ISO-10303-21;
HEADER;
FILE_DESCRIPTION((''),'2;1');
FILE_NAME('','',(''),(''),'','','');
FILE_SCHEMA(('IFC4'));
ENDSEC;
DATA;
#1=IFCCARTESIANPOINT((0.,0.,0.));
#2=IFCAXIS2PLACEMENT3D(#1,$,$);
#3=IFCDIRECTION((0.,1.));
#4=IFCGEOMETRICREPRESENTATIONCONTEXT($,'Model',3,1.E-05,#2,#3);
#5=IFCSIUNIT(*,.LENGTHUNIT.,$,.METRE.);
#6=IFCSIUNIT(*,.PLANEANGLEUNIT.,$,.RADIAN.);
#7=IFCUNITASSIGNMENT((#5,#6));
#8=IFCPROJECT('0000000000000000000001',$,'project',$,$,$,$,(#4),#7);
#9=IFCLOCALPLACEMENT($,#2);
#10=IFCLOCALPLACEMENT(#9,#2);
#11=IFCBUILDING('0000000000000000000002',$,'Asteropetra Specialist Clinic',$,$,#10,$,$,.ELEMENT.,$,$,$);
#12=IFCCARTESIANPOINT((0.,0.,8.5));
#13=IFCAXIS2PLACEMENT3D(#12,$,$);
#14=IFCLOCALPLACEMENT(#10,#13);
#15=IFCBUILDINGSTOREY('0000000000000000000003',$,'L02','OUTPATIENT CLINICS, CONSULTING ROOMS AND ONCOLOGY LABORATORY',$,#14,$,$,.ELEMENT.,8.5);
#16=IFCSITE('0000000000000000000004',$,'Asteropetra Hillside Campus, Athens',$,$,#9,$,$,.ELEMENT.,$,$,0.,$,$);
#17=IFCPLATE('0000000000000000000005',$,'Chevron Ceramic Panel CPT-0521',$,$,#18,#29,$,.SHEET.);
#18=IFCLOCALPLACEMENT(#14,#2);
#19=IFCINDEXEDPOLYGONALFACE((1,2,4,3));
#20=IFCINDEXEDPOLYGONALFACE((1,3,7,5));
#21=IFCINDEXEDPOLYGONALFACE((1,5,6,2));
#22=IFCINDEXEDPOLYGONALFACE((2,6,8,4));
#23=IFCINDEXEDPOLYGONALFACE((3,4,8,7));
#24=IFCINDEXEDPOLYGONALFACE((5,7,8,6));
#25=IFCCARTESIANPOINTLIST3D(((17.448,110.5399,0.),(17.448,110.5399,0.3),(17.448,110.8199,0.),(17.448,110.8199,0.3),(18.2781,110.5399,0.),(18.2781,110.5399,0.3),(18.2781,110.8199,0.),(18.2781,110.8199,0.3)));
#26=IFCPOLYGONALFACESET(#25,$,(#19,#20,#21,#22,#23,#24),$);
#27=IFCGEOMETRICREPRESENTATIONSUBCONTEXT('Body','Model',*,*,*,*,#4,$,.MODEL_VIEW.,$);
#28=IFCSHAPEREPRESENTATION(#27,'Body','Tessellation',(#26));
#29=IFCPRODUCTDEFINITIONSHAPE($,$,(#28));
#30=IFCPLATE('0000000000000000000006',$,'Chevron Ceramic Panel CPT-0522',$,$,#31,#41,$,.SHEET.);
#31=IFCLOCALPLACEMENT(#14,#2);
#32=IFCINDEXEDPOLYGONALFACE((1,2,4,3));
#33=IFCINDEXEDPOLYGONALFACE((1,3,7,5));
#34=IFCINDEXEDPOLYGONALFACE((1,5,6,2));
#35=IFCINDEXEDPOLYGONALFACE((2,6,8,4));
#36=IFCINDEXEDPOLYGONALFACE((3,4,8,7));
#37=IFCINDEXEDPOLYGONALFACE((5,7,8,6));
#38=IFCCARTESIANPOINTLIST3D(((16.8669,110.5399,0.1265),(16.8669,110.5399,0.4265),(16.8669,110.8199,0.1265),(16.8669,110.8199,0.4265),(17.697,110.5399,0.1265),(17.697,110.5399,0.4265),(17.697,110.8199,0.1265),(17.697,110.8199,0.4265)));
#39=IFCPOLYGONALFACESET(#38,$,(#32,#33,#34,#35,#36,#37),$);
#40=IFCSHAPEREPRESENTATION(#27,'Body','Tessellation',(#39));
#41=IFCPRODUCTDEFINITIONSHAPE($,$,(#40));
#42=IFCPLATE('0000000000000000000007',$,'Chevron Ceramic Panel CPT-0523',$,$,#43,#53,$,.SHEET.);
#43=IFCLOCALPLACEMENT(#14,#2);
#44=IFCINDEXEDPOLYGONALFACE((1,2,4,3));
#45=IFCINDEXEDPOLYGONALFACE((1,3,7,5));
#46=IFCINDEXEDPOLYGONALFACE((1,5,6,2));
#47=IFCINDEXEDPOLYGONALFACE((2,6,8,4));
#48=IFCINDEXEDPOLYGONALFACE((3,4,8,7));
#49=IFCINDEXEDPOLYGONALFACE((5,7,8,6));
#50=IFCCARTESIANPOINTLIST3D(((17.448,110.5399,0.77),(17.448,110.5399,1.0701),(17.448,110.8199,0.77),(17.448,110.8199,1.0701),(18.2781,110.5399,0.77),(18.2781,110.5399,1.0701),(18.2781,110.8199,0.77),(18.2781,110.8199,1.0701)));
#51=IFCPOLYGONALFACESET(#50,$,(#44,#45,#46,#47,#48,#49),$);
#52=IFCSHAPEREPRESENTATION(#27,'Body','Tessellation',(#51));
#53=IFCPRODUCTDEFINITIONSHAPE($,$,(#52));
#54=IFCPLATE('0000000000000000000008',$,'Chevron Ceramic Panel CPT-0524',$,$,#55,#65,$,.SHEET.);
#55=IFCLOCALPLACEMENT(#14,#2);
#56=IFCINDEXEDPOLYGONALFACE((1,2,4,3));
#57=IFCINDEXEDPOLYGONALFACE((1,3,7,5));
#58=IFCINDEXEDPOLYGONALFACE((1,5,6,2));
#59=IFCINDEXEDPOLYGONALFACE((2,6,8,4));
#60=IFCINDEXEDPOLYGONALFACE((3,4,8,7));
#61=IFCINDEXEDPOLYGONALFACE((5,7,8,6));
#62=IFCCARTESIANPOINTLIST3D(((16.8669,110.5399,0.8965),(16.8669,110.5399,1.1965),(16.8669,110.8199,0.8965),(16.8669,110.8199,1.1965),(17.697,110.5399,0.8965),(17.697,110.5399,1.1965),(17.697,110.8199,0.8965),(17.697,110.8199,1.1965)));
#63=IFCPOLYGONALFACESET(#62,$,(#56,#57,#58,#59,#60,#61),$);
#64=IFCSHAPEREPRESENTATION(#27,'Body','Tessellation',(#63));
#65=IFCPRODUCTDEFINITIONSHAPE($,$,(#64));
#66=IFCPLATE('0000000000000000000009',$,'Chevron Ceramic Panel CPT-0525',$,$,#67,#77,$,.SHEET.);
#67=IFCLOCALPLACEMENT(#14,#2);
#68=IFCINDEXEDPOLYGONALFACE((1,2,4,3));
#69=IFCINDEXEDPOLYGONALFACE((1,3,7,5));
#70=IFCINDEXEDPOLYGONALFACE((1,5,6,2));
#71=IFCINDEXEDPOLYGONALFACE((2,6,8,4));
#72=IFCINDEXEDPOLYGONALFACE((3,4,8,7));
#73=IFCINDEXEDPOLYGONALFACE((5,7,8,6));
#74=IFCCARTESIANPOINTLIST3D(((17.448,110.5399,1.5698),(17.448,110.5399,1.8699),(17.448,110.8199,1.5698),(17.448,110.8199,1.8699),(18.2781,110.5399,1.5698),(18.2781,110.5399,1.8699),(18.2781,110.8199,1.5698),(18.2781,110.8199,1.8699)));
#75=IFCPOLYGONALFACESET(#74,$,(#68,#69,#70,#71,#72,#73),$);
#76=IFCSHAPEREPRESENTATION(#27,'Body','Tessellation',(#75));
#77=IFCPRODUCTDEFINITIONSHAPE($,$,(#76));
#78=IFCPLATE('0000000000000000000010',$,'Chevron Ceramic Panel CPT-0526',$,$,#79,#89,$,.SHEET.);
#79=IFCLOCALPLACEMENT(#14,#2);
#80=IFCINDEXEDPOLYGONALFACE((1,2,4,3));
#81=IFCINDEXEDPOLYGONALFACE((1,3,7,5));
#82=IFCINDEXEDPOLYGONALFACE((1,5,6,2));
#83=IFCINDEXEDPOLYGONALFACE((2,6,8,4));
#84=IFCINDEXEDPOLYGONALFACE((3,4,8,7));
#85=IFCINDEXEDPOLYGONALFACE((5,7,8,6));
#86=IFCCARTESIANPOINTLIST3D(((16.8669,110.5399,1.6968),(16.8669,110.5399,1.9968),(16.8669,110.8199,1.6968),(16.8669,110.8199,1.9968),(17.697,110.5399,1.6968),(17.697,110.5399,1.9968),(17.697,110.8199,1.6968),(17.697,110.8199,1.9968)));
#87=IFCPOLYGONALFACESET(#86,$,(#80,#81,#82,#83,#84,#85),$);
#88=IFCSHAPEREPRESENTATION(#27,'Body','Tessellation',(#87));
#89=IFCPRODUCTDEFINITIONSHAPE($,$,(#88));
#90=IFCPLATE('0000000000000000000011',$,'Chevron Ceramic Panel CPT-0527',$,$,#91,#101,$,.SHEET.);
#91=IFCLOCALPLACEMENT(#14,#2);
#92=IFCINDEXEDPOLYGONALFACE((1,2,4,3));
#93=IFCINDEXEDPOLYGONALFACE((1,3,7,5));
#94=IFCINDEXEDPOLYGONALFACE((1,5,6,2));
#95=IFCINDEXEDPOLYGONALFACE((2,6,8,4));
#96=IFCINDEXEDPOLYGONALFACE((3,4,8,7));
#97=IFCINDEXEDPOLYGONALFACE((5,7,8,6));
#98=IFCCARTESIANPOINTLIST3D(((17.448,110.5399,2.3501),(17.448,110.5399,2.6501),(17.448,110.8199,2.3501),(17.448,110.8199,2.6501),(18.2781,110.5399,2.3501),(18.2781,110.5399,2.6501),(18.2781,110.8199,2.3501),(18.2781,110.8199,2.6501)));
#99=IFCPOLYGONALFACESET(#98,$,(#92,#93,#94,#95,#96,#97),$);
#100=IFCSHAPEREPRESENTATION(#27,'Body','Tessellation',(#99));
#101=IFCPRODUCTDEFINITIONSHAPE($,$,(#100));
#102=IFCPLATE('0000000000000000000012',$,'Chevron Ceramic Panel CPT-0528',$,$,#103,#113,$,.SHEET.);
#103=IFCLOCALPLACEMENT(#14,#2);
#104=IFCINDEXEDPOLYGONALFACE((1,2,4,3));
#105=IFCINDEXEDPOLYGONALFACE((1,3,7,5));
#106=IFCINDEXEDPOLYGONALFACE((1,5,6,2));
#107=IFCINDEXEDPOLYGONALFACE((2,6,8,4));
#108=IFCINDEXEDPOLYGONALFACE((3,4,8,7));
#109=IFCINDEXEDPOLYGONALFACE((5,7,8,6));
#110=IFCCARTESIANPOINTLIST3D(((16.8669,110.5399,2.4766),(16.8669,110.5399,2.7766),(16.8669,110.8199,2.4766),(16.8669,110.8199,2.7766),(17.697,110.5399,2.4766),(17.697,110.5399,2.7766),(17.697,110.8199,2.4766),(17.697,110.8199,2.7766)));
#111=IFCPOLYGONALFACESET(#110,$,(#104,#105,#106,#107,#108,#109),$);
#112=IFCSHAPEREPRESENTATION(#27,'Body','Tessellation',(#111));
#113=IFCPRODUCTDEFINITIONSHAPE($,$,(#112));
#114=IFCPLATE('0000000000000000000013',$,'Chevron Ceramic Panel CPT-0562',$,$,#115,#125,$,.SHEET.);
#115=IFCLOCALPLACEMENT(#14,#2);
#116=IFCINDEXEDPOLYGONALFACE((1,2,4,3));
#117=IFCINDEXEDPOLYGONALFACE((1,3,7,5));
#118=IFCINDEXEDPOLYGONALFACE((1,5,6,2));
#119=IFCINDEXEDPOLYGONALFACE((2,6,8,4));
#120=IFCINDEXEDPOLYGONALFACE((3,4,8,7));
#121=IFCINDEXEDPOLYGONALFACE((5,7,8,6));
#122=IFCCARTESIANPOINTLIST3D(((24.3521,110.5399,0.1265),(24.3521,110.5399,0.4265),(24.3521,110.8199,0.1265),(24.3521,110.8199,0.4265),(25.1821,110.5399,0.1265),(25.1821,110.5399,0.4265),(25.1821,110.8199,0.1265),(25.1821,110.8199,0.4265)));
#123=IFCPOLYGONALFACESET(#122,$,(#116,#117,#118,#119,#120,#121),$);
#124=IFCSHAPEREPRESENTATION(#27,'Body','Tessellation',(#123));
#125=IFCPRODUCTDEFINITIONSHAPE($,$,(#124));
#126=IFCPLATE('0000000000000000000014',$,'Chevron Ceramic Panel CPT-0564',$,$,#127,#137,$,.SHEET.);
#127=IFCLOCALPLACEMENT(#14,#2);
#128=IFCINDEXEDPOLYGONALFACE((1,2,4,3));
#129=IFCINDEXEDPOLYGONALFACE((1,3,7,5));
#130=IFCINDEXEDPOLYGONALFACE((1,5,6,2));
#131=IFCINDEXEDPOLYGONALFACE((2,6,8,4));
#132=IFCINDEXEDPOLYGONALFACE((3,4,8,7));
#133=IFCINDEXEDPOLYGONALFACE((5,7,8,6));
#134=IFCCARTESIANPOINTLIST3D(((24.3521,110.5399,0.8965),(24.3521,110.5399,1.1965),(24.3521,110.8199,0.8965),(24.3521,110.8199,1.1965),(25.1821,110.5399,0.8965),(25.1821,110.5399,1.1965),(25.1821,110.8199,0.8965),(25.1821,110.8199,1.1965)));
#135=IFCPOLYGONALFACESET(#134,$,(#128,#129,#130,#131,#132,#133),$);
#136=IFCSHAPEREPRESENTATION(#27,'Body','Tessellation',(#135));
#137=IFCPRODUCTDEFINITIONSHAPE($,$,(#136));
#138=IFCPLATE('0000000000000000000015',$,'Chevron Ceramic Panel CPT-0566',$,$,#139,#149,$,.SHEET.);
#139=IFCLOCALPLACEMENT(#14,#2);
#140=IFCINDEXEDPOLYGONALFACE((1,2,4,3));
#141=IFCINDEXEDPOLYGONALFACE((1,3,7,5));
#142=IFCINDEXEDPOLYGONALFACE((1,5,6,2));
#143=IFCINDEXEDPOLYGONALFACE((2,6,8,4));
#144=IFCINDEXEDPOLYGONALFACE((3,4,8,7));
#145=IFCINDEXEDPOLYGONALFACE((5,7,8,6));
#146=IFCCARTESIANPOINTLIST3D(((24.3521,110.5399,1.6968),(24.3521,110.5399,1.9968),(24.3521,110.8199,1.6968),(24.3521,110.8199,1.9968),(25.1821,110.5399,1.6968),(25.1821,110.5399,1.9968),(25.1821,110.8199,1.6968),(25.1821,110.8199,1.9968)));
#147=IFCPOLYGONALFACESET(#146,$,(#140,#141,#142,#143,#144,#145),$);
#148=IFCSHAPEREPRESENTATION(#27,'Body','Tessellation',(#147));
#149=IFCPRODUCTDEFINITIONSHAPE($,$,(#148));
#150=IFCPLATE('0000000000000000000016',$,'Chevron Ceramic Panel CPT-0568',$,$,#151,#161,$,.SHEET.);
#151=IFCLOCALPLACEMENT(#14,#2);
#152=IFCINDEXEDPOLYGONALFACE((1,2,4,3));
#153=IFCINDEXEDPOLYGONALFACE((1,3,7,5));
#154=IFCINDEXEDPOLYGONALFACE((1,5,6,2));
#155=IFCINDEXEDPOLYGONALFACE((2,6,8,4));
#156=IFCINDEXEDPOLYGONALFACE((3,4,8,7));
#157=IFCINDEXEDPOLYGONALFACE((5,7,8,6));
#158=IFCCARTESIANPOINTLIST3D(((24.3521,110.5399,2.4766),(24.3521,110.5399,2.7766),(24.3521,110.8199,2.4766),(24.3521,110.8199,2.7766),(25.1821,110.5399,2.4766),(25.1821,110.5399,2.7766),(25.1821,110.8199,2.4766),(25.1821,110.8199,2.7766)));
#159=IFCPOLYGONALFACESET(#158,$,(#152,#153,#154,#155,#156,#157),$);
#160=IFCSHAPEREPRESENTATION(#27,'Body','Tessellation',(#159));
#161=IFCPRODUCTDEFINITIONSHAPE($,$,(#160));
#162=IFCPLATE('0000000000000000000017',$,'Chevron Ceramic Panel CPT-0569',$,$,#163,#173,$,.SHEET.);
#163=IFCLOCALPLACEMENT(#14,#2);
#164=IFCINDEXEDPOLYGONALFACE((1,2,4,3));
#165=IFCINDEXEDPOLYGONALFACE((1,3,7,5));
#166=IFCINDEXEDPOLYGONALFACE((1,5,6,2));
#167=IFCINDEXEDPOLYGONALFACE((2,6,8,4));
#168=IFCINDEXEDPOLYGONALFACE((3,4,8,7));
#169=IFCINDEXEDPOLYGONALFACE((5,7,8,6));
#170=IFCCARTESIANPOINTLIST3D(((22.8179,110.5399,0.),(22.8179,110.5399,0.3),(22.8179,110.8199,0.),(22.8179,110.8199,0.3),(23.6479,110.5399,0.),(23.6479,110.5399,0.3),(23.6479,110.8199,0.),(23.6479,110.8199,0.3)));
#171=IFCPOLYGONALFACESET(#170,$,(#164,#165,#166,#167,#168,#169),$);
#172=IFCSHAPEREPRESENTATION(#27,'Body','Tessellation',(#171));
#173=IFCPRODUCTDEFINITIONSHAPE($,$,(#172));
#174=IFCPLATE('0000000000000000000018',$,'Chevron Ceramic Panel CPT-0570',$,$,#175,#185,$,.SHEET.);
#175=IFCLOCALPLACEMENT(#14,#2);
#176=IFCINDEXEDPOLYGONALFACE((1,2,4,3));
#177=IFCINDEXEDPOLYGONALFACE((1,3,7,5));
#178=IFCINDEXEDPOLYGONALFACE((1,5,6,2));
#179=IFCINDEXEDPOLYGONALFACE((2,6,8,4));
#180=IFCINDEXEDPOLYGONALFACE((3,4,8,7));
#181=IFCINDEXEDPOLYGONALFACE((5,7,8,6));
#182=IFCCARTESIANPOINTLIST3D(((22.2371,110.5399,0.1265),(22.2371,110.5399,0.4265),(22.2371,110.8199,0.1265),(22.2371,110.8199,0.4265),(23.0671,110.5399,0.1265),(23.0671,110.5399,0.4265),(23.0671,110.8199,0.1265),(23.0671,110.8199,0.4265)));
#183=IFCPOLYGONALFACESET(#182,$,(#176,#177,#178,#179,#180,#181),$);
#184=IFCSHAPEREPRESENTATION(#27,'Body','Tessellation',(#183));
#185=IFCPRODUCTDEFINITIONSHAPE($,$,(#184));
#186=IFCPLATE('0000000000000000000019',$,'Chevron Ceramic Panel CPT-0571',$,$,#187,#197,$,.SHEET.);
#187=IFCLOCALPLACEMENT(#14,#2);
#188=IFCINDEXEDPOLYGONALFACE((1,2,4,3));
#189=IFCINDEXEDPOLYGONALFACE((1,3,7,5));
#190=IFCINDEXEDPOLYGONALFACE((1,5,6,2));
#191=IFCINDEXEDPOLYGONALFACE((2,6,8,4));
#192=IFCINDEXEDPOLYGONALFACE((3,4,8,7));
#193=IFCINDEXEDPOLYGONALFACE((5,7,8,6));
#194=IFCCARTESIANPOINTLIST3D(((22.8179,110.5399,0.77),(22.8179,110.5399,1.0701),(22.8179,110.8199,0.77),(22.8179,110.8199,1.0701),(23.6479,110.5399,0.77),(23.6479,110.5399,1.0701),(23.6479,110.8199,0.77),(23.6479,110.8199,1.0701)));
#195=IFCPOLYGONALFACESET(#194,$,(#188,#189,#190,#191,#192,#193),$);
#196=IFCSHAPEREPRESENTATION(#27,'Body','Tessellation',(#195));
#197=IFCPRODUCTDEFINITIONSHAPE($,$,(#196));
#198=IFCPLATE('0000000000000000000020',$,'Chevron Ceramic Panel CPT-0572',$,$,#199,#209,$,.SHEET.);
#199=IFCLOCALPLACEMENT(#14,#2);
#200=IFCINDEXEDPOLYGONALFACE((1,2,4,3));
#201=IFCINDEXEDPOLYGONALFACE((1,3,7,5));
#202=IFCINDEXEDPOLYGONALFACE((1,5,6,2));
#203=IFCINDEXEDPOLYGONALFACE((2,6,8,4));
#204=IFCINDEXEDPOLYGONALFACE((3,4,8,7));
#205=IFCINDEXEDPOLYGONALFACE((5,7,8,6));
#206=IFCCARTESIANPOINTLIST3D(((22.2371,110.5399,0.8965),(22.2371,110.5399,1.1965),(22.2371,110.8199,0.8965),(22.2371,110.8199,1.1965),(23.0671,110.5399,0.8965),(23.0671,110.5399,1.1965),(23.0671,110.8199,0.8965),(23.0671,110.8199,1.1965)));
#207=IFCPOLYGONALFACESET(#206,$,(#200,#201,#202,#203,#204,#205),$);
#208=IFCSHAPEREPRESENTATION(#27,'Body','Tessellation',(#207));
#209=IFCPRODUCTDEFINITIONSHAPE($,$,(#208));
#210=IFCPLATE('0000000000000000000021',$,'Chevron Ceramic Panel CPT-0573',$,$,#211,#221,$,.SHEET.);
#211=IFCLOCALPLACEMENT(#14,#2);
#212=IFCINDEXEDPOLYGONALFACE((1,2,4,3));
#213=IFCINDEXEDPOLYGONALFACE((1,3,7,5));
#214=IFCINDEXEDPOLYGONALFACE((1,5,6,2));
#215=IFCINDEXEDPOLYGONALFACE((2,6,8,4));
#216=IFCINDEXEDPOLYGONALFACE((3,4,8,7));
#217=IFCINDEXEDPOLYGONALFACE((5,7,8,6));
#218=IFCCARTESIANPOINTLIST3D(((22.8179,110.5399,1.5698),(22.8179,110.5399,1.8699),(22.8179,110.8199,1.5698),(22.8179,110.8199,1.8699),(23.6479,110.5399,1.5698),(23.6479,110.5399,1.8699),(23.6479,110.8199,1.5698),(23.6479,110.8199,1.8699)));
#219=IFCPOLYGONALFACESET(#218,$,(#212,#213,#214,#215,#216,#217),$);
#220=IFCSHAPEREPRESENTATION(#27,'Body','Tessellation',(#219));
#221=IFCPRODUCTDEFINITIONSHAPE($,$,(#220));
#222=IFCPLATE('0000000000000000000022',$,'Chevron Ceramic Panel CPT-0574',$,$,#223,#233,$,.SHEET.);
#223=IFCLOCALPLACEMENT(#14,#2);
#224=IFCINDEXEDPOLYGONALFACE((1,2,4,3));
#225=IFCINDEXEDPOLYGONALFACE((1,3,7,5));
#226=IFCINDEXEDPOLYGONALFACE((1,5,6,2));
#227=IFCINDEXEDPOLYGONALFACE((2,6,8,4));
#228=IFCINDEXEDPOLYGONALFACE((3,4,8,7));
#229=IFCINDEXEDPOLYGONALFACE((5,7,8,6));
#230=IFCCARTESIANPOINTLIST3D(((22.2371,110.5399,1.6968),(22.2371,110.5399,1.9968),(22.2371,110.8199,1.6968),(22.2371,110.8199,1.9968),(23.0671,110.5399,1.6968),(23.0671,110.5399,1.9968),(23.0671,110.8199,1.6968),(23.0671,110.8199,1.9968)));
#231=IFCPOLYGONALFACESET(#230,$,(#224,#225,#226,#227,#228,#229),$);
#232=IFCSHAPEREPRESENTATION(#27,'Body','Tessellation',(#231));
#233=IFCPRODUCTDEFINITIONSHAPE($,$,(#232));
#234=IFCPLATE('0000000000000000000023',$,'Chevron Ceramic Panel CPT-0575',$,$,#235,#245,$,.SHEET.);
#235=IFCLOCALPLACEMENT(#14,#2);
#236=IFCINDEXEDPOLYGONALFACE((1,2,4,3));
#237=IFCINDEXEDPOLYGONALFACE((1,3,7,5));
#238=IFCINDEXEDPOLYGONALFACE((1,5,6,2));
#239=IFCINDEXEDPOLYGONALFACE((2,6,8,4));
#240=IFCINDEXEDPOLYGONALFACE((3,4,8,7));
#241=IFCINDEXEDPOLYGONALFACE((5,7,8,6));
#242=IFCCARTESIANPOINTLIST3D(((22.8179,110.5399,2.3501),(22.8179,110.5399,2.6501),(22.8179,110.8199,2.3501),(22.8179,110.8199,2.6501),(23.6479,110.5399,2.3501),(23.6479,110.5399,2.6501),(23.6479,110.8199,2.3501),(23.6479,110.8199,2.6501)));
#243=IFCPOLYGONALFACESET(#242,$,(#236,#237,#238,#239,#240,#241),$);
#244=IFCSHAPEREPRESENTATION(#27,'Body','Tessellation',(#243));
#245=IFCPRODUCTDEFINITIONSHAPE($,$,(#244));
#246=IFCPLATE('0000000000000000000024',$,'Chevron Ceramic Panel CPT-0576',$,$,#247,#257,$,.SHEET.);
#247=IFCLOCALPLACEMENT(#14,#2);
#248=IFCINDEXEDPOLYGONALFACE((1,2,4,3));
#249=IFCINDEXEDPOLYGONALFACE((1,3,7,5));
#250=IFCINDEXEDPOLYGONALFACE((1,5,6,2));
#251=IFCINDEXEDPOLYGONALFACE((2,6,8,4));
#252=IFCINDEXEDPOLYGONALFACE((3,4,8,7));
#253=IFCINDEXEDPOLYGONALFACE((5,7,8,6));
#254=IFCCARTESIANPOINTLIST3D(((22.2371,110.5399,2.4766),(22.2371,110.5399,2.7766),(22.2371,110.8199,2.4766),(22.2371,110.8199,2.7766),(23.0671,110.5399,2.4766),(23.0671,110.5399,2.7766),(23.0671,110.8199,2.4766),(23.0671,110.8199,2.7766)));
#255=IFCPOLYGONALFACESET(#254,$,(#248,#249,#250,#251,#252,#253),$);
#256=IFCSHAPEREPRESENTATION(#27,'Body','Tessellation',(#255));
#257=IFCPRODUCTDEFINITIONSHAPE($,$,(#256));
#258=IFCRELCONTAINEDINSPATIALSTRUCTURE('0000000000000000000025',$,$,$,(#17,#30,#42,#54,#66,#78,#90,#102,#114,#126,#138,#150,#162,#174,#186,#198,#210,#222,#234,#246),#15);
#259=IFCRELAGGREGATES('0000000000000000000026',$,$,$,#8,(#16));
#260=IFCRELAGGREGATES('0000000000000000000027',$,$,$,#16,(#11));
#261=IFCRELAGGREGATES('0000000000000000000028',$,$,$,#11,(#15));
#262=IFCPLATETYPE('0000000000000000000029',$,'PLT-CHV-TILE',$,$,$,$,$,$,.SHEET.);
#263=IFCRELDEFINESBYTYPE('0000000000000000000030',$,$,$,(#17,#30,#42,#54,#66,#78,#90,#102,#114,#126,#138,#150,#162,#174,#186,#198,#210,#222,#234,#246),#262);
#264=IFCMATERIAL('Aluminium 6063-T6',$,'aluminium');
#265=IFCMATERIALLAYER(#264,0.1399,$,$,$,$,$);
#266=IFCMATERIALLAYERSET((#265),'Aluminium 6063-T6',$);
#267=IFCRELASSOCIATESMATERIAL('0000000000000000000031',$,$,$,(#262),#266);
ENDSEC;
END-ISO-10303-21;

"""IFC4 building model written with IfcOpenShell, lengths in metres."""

from ifc_helpers import new_model, si_unit, direction, frame, origin, origin_2d, place, context, subcontext, project, spatial, rectangle, extrude, material, layer, layer_set, type_object, element, save


model = new_model("IFC4")

# Units and contexts
model_context = context("Model", 3, precision=1e-05, world=origin(), true_north=direction((0.0, 1.0)))
body_context = subcontext(model_context, "Body", "Model", "MODEL_VIEW")
ifc_project = project(units=[si_unit("LENGTHUNIT", "METRE"), si_unit("PLANEANGLEUNIT", "RADIAN")], contexts=[model_context])

# Site, building, storey
site_placement = place(None, origin())
site = spatial("IfcSite", under=ifc_project, at=site_placement, Name="Asteropetra Hillside Campus, Athens", CompositionType="ELEMENT", RefElevation=0.0)
building_placement = place(site_placement, origin())
building = spatial("IfcBuilding", under=site, at=building_placement, Name="Asteropetra Specialist Clinic", CompositionType="ELEMENT")
storey_placement = place(building_placement, frame((0.0, 0.0, 8.5)))
storey = spatial("IfcBuildingStorey", under=building, at=storey_placement, Name="L02", Description="OUTPATIENT CLINICS, CONSULTING ROOMS AND ONCOLOGY LABORATORY", CompositionType="ELEMENT", Elevation=8.5)

# Plates
ifc_material_1 = material(Name="Aluminium 6063-T6", Category="aluminium")
ifc_layer_1 = layer(ifc_material_1, 0.1399)
ifc_layer_set_1 = layer_set([ifc_layer_1], Name="Aluminium 6063-T6")
plate_type = type_object("IfcPlateType", Name="PLT-CHV-TILE", PredefinedType="SHEET", material=ifc_layer_set_1)
for number, where, z_axis, x_axis, name in (
    (1, (17.863, 110.6799, 0.0), (0.0, 0.0, 1.0), (1.0, 0.0, 0.0), "Chevron Ceramic Panel CPT-0521"),
    (2, (17.282, 110.6799, 0.1265), (0.0, 0.0, 1.0), (1.0, 0.0, 0.0), "Chevron Ceramic Panel CPT-0522"),
    (3, (17.863, 110.6799, 0.77), (0.0, 0.0, 1.0), (1.0, 0.0, 0.0), "Chevron Ceramic Panel CPT-0523"),
    (4, (17.282, 110.6799, 0.8965), (0.0, 0.0, 1.0), (1.0, 0.0, 0.0), "Chevron Ceramic Panel CPT-0524"),
    (5, (17.863, 110.6799, 1.5698), (0.0, 0.0, 1.0), (1.0, 0.0, 0.0), "Chevron Ceramic Panel CPT-0525"),
    (6, (17.282, 110.6799, 1.6968), (0.0, 0.0, 1.0), (1.0, 0.0, 0.0), "Chevron Ceramic Panel CPT-0526"),
    (7, (17.863, 110.6799, 2.3501), (0.0, 0.0, 1.0), (1.0, 0.0, 0.0), "Chevron Ceramic Panel CPT-0527"),
    (8, (17.282, 110.6799, 2.4766), (0.0, 0.0, 1.0), (1.0, 0.0, 0.0), "Chevron Ceramic Panel CPT-0528"),
    (9, (24.7671, 110.6799, 0.1265), (0.0, 0.0, 1.0), (1.0, 0.0, 0.0), "Chevron Ceramic Panel CPT-0562"),
    (10, (24.7671, 110.6799, 0.8965), (0.0, 0.0, 1.0), (1.0, 0.0, 0.0), "Chevron Ceramic Panel CPT-0564"),
    (11, (24.7671, 110.6799, 1.6968), (0.0, 0.0, 1.0), (1.0, 0.0, 0.0), "Chevron Ceramic Panel CPT-0566"),
    (12, (24.7671, 110.6799, 2.4766), (0.0, 0.0, 1.0), (1.0, 0.0, 0.0), "Chevron Ceramic Panel CPT-0568"),
    (13, (23.2329, 110.6799, 0.0), (0.0, 0.0, 1.0), (1.0, 0.0, 0.0), "Chevron Ceramic Panel CPT-0569"),
    (14, (22.6521, 110.6799, 0.1265), (0.0, 0.0, 1.0), (1.0, 0.0, 0.0), "Chevron Ceramic Panel CPT-0570"),
    (15, (23.2329, 110.6799, 0.77), (0.0, 0.0, 1.0), (1.0, 0.0, 0.0), "Chevron Ceramic Panel CPT-0571"),
    (16, (22.6521, 110.6799, 0.8965), (0.0, 0.0, 1.0), (1.0, 0.0, 0.0), "Chevron Ceramic Panel CPT-0572"),
    (17, (23.2329, 110.6799, 1.5698), (0.0, 0.0, 1.0), (1.0, 0.0, 0.0), "Chevron Ceramic Panel CPT-0573"),
    (18, (22.6521, 110.6799, 1.6968), (0.0, 0.0, 1.0), (1.0, 0.0, 0.0), "Chevron Ceramic Panel CPT-0574"),
    (19, (23.2329, 110.6799, 2.3501), (0.0, 0.0, 1.0), (1.0, 0.0, 0.0), "Chevron Ceramic Panel CPT-0575"),
    (20, (22.6521, 110.6799, 2.4766), (0.0, 0.0, 1.0), (1.0, 0.0, 0.0), "Chevron Ceramic Panel CPT-0576"),
):
    element("IfcPlate", number, at=place(storey_placement, frame(where, z_axis=z_axis, x_axis=x_axis)), inside=storey, type_object=plate_type, Name=name, PredefinedType="SHEET", context=body_context, shape_type="SweptSolid", body=[
        extrude(rectangle(XDim=0.8301, YDim=0.28, at=origin_2d()), origin(), (0.0, 0.0, 1.0), 0.3),
    ])

save(model, "model.ifc")
